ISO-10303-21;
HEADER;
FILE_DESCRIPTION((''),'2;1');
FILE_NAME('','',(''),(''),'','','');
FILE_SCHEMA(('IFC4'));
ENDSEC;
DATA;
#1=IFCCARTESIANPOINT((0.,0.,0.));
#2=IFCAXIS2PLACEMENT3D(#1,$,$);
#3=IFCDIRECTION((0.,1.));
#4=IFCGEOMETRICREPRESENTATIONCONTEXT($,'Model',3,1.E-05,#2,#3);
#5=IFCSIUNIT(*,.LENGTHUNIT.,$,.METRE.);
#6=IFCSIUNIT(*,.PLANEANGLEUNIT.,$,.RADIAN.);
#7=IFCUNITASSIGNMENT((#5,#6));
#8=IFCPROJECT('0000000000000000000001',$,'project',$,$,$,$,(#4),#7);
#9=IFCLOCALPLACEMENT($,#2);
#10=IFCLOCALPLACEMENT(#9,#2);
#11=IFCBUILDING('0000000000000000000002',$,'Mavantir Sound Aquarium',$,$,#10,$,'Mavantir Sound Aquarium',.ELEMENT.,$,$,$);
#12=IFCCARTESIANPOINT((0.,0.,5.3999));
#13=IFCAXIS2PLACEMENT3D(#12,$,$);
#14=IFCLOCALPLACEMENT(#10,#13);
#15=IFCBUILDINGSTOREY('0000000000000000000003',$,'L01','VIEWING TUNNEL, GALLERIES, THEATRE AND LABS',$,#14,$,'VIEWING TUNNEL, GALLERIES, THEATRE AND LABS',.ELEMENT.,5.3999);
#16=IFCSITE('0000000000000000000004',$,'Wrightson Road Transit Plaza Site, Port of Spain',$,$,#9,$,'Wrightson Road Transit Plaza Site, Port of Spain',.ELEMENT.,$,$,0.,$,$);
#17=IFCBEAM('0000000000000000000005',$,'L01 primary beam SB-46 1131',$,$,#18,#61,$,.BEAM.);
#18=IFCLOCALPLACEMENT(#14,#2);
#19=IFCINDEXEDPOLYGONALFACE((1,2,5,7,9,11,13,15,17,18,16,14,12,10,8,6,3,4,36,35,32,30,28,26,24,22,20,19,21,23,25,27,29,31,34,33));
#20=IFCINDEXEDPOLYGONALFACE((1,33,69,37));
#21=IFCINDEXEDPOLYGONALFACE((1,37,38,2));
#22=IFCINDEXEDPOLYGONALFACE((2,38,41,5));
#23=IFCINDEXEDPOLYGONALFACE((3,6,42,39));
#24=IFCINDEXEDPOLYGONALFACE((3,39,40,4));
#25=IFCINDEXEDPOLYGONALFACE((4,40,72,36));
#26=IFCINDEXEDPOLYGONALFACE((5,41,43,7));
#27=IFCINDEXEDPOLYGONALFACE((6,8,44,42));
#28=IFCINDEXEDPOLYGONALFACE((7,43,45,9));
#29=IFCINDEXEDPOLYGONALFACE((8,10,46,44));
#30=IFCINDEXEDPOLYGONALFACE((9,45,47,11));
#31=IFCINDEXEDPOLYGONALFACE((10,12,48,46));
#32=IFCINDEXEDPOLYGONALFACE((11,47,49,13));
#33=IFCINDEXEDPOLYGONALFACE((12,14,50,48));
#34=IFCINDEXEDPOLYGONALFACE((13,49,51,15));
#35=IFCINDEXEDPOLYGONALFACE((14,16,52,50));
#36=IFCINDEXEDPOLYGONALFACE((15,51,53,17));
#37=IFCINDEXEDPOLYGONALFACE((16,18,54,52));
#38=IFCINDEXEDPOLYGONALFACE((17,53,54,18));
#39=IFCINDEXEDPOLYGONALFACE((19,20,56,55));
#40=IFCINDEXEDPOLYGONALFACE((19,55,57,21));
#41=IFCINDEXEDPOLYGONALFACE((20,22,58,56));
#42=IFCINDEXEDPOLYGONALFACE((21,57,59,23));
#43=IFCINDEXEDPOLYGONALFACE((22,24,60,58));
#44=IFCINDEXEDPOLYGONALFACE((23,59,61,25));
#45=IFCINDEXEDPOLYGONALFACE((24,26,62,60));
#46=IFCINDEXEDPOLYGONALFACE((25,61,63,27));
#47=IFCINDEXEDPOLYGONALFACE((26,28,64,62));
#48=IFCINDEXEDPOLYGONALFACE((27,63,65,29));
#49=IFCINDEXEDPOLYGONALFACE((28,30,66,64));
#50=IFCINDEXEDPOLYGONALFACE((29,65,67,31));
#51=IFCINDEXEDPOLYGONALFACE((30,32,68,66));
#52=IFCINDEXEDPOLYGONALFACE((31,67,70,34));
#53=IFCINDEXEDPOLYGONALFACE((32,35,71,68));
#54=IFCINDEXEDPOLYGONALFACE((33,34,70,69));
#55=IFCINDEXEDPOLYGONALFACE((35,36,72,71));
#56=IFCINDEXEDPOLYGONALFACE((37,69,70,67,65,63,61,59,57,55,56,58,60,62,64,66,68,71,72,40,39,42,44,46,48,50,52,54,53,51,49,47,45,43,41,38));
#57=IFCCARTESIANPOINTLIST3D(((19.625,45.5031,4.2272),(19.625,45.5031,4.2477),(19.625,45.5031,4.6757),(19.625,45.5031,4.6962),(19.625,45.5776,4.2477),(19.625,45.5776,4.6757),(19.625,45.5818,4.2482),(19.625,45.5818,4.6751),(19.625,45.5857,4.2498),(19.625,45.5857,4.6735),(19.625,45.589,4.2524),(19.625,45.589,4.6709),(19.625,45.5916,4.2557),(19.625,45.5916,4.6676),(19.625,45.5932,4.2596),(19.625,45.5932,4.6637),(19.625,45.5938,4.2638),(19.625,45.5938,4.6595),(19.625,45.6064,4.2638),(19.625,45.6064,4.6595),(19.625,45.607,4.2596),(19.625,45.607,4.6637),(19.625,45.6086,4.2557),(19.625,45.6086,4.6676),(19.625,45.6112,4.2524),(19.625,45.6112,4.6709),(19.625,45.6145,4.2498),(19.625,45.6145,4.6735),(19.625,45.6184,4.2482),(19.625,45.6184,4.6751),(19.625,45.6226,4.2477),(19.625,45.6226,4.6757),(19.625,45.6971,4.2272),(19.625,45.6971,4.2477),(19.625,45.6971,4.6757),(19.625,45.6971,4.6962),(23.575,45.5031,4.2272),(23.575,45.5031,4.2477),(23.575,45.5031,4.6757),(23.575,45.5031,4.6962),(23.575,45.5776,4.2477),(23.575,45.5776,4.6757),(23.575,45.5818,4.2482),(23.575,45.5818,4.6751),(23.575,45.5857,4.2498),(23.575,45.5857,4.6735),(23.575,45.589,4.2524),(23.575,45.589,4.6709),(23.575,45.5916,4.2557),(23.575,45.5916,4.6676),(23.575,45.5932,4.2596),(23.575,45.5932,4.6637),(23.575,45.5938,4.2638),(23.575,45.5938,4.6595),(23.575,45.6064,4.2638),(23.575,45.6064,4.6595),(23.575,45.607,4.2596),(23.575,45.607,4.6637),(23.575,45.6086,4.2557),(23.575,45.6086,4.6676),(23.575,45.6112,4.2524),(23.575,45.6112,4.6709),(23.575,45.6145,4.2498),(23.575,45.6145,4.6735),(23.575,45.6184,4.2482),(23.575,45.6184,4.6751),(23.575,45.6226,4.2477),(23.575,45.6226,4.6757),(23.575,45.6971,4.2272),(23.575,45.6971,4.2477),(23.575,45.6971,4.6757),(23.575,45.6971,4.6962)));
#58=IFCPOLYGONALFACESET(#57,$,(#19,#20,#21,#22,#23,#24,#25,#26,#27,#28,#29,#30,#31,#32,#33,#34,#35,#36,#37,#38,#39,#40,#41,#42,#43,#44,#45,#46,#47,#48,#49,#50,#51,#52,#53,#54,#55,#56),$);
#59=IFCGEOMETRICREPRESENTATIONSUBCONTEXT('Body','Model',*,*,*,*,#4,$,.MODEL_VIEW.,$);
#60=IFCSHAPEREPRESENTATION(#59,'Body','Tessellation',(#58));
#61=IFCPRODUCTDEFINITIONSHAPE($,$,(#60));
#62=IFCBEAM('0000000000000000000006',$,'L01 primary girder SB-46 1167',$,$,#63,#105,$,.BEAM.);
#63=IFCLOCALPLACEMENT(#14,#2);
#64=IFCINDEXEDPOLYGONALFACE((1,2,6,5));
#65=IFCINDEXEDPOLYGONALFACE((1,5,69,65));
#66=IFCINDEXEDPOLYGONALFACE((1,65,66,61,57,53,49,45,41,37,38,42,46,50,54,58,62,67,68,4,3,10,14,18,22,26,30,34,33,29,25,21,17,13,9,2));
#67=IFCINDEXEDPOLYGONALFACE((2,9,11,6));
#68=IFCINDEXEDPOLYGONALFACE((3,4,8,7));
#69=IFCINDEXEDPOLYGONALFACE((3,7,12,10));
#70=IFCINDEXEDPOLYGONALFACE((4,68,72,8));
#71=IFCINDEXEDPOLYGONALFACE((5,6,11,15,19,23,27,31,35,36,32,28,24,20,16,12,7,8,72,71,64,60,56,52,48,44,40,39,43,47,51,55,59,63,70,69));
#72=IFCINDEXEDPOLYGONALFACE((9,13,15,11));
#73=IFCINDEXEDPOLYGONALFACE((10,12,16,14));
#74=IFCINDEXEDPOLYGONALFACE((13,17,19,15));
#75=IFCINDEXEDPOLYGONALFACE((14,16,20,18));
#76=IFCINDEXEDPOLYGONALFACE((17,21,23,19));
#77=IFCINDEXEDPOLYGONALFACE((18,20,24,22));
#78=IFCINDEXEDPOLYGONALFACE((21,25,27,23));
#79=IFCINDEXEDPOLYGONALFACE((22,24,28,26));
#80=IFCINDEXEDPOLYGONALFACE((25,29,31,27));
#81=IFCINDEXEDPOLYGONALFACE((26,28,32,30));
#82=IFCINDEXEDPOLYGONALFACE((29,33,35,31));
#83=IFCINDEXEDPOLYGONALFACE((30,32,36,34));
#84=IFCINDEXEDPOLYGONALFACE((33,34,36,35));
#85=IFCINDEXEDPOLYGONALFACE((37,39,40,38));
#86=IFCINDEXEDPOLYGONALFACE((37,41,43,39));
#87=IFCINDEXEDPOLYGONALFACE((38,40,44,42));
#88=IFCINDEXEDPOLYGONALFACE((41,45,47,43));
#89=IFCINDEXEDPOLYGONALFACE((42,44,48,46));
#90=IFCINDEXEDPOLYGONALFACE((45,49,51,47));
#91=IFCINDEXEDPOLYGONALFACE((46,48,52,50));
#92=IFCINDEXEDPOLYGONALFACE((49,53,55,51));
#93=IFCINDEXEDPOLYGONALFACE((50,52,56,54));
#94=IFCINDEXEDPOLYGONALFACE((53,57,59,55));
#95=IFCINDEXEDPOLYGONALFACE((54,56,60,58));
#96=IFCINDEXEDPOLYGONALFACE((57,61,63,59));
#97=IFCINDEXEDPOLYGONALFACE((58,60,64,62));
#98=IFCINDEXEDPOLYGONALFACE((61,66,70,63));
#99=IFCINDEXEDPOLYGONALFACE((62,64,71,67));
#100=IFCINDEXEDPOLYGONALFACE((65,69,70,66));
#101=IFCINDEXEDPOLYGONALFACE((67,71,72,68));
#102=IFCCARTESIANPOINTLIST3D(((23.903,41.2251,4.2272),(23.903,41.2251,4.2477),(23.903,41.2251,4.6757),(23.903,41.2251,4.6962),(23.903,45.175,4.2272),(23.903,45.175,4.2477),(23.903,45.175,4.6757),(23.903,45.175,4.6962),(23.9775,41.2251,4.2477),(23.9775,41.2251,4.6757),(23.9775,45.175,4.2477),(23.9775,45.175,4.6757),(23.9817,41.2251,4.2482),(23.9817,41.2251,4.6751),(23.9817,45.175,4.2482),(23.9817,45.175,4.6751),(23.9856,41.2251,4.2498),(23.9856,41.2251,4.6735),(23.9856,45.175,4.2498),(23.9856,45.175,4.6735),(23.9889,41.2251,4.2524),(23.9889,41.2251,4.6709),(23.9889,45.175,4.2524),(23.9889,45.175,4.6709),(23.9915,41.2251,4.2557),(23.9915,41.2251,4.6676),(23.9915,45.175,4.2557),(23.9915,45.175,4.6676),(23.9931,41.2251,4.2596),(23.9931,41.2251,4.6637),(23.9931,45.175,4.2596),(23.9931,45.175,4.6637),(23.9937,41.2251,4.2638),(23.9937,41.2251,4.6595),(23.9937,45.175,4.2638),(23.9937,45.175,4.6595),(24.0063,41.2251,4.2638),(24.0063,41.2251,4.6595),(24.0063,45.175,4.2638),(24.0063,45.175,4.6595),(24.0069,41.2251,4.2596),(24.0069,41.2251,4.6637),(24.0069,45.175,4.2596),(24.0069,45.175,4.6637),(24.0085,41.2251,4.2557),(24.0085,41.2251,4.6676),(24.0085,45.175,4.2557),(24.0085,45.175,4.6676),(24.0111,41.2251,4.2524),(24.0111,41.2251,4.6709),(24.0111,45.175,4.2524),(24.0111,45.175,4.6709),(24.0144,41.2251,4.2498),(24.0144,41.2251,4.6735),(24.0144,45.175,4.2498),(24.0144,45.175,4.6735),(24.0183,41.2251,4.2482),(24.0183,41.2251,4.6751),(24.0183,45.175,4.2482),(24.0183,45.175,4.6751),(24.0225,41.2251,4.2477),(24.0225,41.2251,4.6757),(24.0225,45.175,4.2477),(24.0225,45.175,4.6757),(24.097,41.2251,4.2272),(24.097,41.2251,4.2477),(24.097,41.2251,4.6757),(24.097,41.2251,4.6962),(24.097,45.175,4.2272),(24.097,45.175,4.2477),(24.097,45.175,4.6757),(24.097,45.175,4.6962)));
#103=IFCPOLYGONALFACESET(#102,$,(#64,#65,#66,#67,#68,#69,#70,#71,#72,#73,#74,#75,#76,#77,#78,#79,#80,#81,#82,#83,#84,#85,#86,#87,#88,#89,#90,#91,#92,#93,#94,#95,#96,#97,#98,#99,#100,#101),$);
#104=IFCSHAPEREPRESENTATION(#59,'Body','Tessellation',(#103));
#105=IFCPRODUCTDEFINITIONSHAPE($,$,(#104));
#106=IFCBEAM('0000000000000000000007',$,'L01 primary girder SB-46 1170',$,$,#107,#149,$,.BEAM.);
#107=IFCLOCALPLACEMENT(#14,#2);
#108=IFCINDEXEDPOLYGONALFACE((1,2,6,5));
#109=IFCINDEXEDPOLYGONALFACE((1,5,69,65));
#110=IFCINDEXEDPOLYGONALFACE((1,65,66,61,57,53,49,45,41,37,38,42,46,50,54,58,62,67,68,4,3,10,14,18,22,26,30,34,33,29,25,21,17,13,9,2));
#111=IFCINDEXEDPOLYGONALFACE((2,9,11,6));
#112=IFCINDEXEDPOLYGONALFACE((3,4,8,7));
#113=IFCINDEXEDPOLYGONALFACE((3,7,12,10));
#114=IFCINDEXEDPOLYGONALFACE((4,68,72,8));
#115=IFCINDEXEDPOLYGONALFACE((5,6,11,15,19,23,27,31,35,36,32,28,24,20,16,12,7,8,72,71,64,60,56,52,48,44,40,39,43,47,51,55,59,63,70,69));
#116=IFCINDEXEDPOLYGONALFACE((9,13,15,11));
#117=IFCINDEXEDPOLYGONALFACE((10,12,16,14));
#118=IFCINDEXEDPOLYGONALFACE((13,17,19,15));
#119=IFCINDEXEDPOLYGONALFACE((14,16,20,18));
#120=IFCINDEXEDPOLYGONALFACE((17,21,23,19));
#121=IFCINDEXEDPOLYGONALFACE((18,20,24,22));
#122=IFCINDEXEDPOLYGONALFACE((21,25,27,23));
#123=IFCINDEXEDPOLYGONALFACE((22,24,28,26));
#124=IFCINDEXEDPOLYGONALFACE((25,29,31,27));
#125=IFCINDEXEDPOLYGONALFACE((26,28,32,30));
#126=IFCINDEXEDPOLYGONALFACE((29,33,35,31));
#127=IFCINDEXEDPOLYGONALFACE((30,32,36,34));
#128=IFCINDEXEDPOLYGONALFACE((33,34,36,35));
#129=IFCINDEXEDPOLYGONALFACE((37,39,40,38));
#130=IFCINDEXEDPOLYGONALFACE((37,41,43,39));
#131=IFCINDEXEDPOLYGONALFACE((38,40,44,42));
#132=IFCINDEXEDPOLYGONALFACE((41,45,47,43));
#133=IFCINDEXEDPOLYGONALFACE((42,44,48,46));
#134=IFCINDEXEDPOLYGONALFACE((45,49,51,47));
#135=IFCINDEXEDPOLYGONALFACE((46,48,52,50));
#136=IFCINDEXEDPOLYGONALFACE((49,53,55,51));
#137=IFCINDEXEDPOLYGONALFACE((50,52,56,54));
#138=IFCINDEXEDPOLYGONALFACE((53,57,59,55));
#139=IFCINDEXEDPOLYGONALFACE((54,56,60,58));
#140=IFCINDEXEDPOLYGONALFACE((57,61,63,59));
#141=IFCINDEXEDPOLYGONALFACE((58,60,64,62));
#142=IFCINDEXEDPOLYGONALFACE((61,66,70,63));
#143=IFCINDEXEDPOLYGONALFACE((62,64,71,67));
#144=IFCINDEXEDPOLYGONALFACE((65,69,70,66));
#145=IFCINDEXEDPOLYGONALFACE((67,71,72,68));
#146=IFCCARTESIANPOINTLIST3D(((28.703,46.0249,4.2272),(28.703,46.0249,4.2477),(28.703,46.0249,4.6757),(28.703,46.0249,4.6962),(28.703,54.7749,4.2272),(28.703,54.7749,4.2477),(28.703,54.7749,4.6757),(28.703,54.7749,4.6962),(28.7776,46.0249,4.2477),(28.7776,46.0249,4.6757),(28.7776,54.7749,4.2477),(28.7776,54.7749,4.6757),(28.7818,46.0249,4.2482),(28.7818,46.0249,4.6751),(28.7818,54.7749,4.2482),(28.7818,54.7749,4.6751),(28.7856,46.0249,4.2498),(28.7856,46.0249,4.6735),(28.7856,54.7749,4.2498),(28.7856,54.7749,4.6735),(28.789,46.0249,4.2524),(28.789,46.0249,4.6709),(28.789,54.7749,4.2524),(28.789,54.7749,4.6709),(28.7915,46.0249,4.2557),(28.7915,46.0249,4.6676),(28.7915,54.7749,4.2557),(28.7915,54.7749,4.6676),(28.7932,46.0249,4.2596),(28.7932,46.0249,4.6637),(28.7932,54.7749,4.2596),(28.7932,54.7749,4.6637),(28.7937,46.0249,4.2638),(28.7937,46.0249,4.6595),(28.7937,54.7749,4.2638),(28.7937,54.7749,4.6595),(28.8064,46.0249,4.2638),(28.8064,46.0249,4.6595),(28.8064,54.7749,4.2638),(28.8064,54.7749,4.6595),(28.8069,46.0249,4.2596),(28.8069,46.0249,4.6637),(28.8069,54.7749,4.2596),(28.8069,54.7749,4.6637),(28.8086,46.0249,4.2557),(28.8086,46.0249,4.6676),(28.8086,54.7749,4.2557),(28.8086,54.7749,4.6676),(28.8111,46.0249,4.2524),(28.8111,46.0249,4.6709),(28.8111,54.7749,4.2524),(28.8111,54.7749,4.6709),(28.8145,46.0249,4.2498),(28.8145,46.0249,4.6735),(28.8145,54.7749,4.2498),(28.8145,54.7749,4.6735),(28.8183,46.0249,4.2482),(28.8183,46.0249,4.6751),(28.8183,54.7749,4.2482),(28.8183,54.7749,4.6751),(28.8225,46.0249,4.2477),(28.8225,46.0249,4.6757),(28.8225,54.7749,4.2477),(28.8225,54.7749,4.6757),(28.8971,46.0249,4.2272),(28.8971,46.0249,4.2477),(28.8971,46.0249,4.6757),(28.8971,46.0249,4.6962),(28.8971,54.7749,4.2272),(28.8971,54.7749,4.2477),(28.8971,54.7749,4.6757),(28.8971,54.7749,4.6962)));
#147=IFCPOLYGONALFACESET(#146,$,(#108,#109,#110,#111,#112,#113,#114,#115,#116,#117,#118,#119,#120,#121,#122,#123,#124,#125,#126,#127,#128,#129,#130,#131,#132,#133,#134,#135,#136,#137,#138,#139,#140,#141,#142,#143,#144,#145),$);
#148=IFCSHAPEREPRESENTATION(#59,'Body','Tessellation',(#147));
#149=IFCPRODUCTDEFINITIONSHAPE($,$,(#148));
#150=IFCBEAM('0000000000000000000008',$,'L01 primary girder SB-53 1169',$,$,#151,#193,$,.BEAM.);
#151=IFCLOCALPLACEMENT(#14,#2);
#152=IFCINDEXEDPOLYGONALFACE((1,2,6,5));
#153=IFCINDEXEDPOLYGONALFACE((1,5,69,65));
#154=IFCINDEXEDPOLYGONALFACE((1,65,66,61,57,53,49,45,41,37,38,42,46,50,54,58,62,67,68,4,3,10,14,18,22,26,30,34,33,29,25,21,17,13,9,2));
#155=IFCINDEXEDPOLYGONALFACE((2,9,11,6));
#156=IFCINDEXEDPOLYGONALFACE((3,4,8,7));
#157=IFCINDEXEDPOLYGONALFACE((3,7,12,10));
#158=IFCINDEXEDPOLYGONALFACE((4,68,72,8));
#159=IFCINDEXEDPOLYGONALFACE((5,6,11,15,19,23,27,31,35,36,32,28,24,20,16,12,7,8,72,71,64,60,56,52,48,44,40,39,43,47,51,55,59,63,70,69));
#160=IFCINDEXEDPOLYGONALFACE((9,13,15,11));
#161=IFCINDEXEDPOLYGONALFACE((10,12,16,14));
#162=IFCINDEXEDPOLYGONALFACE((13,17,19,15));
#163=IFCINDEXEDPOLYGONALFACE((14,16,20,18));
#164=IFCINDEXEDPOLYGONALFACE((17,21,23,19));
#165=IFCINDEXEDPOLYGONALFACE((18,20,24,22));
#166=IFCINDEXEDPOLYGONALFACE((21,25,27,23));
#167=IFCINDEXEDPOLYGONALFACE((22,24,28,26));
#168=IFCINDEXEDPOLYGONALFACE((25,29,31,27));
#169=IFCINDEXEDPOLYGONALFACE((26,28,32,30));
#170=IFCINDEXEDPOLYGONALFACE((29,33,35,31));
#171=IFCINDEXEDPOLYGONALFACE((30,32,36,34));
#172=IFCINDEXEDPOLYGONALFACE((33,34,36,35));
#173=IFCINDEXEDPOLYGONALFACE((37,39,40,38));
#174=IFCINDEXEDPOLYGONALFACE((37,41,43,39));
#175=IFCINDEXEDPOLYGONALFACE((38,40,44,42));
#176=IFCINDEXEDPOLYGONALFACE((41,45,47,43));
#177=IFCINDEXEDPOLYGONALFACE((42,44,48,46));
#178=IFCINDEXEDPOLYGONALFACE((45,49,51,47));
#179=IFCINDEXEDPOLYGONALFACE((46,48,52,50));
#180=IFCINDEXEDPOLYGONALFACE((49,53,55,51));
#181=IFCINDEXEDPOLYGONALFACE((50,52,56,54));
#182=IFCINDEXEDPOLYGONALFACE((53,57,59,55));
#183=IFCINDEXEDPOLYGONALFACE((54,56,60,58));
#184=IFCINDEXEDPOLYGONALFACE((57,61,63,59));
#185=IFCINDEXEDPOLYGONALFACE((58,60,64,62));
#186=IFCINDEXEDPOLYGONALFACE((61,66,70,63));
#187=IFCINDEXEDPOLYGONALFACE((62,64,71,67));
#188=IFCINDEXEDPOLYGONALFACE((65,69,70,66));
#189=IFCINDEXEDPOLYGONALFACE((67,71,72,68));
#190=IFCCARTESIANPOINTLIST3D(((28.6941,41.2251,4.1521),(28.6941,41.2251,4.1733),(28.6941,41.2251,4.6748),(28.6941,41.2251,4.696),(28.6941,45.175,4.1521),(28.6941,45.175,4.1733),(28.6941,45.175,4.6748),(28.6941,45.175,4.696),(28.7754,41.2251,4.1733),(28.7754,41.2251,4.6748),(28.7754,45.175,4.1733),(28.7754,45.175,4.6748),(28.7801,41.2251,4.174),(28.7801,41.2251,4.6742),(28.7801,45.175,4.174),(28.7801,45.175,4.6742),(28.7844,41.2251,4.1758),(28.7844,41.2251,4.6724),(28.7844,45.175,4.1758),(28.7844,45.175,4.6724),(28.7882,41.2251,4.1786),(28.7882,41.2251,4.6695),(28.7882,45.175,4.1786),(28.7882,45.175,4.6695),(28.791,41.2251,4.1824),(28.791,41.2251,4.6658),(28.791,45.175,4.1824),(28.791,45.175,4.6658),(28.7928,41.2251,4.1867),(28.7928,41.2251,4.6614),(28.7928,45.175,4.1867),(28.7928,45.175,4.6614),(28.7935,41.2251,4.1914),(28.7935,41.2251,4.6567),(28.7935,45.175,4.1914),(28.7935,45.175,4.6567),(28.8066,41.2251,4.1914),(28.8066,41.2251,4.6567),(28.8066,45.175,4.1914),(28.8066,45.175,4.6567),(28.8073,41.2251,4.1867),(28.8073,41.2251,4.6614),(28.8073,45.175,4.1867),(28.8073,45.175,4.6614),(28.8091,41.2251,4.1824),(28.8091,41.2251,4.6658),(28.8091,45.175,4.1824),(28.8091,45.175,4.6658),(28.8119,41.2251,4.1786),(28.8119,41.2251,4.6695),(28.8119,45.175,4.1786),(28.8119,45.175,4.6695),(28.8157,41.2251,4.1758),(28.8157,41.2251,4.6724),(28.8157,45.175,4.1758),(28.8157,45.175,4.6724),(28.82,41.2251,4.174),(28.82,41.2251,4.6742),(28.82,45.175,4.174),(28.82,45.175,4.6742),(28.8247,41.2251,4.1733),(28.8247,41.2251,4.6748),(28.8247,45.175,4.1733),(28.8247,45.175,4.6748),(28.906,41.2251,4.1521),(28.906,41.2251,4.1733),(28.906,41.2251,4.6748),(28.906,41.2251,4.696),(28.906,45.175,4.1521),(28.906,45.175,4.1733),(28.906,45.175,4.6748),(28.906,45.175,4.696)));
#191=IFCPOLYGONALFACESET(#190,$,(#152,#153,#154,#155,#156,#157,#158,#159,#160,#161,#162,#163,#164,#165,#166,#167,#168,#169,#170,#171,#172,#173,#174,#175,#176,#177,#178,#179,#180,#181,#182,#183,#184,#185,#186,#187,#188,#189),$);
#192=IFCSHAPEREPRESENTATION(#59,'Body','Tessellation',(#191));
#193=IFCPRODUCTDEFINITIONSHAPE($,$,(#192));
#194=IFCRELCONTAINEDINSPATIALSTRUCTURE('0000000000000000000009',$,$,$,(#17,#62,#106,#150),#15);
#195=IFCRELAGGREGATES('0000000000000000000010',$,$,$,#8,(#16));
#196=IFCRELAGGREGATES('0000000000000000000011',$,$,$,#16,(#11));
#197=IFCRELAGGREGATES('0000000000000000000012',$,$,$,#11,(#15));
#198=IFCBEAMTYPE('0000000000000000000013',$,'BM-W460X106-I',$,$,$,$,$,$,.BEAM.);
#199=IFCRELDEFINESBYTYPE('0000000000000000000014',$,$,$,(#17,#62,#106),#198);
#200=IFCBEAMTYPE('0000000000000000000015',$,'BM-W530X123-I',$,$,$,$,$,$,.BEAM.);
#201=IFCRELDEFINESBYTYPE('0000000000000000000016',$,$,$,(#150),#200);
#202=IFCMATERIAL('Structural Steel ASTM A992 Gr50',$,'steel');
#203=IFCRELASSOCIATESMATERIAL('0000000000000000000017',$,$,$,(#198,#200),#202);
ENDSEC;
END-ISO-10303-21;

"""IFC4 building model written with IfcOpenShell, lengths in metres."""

from ifc_helpers import new_model, si_unit, direction, frame, origin, origin_2d, place, context, subcontext, project, spatial, i_section, extrude, material, material_profile, profile_set, type_object, element, save


model = new_model("IFC4")

# Units and contexts
model_context = context("Model", 3, precision=1e-05, world=origin(), true_north=direction((0.0, 1.0)))
body_context = subcontext(model_context, "Body", "Model", "MODEL_VIEW")
ifc_project = project(units=[si_unit("LENGTHUNIT", "METRE"), si_unit("PLANEANGLEUNIT", "RADIAN")], contexts=[model_context])

# Site, building, storey
site_placement = place(None, origin())
site = spatial("IfcSite", under=ifc_project, at=site_placement, Name="Wrightson Road Transit Plaza Site, Port of Spain", LongName="Wrightson Road Transit Plaza Site, Port of Spain", CompositionType="ELEMENT", RefElevation=0.0)
building_placement = place(site_placement, origin())
building = spatial("IfcBuilding", under=site, at=building_placement, Name="Mavantir Sound Aquarium", LongName="Mavantir Sound Aquarium", CompositionType="ELEMENT")
storey_placement = place(building_placement, frame((0.0, 0.0, 5.3999)))
storey = spatial("IfcBuildingStorey", under=building, at=storey_placement, Name="L01", Description="VIEWING TUNNEL, GALLERIES, THEATRE AND LABS", LongName="VIEWING TUNNEL, GALLERIES, THEATRE AND LABS", CompositionType="ELEMENT", Elevation=5.3999)

# Beams
ifc_material_1 = material(Name="Structural Steel ASTM A992 Gr50", Category="steel")
ifc_material_profile_1 = material_profile(ifc_material_1, i_section(OverallWidth=0.1941, OverallDepth=0.469, WebThickness=0.0127, FlangeThickness=0.0205, FilletRadius=0.0161, at=origin_2d()), Name="W460X106")
ifc_profile_set_1 = profile_set([ifc_material_profile_1], Name="Structural Steel ASTM A992 Gr50")
beam_type_1 = type_object("IfcBeamType", Name="BM-W460X106-I", PredefinedType="BEAM", material=ifc_profile_set_1)
for number, where, z_axis, x_axis, name in (
    (1, (19.625, 45.6001, 4.4617), (1.0, 0.0, 0.0), (0.0, 1.0, 0.0), "L01 primary beam SB-46 1131"),
    (2, (24.0, 41.2251, 4.4617), (0.0, 1.0, 0.0), (-1.0, 0.0, 0.0), "L01 primary girder SB-46 1167"),
):
    element("IfcBeam", number, at=place(storey_placement, frame(where, z_axis=z_axis, x_axis=x_axis)), inside=storey, type_object=beam_type_1, Name=name, PredefinedType="BEAM", context=body_context, shape_type="SweptSolid", body=[
        extrude(i_section(OverallWidth=0.1941, OverallDepth=0.469, WebThickness=0.0127, FlangeThickness=0.0205, FilletRadius=0.0161, at=origin_2d()), origin(), (0.0, 0.0, 1.0), 3.95),
    ])
beam_1_placement = place(storey_placement, frame((28.8, 46.0249, 4.4617), z_axis=(0.0, 1.0, 0.0), x_axis=(-1.0, 0.0, 0.0)))
element("IfcBeam", 3, at=beam_1_placement, inside=storey, type_object=beam_type_1, Name="L01 primary girder SB-46 1170", PredefinedType="BEAM", context=body_context, shape_type="SweptSolid", body=[
    extrude(i_section(OverallWidth=0.1941, OverallDepth=0.469, WebThickness=0.0127, FlangeThickness=0.0205, FilletRadius=0.0161, at=origin_2d()), origin(), (0.0, 0.0, 1.0), 8.75),
])
ifc_material_profile_2 = material_profile(ifc_material_1, i_section(OverallWidth=0.2119, OverallDepth=0.5439, WebThickness=0.0132, FlangeThickness=0.0212, FilletRadius=0.0181, at=origin_2d()), Name="W530X123")
ifc_profile_set_2 = profile_set([ifc_material_profile_2], Name="Structural Steel ASTM A992 Gr50")
beam_type_2 = type_object("IfcBeamType", Name="BM-W530X123-I", PredefinedType="BEAM", material=ifc_profile_set_2)
beam_2_placement = place(storey_placement, frame((28.8, 41.2251, 4.4241), z_axis=(0.0, 1.0, 0.0), x_axis=(-1.0, 0.0, 0.0)))
element("IfcBeam", 4, at=beam_2_placement, inside=storey, type_object=beam_type_2, Name="L01 primary girder SB-53 1169", PredefinedType="BEAM", context=body_context, shape_type="SweptSolid", body=[
    extrude(i_section(OverallWidth=0.2119, OverallDepth=0.5439, WebThickness=0.0132, FlangeThickness=0.0212, FilletRadius=0.0181, at=origin_2d()), origin(), (0.0, 0.0, 1.0), 3.95),
])

save(model, "model.ifc")
